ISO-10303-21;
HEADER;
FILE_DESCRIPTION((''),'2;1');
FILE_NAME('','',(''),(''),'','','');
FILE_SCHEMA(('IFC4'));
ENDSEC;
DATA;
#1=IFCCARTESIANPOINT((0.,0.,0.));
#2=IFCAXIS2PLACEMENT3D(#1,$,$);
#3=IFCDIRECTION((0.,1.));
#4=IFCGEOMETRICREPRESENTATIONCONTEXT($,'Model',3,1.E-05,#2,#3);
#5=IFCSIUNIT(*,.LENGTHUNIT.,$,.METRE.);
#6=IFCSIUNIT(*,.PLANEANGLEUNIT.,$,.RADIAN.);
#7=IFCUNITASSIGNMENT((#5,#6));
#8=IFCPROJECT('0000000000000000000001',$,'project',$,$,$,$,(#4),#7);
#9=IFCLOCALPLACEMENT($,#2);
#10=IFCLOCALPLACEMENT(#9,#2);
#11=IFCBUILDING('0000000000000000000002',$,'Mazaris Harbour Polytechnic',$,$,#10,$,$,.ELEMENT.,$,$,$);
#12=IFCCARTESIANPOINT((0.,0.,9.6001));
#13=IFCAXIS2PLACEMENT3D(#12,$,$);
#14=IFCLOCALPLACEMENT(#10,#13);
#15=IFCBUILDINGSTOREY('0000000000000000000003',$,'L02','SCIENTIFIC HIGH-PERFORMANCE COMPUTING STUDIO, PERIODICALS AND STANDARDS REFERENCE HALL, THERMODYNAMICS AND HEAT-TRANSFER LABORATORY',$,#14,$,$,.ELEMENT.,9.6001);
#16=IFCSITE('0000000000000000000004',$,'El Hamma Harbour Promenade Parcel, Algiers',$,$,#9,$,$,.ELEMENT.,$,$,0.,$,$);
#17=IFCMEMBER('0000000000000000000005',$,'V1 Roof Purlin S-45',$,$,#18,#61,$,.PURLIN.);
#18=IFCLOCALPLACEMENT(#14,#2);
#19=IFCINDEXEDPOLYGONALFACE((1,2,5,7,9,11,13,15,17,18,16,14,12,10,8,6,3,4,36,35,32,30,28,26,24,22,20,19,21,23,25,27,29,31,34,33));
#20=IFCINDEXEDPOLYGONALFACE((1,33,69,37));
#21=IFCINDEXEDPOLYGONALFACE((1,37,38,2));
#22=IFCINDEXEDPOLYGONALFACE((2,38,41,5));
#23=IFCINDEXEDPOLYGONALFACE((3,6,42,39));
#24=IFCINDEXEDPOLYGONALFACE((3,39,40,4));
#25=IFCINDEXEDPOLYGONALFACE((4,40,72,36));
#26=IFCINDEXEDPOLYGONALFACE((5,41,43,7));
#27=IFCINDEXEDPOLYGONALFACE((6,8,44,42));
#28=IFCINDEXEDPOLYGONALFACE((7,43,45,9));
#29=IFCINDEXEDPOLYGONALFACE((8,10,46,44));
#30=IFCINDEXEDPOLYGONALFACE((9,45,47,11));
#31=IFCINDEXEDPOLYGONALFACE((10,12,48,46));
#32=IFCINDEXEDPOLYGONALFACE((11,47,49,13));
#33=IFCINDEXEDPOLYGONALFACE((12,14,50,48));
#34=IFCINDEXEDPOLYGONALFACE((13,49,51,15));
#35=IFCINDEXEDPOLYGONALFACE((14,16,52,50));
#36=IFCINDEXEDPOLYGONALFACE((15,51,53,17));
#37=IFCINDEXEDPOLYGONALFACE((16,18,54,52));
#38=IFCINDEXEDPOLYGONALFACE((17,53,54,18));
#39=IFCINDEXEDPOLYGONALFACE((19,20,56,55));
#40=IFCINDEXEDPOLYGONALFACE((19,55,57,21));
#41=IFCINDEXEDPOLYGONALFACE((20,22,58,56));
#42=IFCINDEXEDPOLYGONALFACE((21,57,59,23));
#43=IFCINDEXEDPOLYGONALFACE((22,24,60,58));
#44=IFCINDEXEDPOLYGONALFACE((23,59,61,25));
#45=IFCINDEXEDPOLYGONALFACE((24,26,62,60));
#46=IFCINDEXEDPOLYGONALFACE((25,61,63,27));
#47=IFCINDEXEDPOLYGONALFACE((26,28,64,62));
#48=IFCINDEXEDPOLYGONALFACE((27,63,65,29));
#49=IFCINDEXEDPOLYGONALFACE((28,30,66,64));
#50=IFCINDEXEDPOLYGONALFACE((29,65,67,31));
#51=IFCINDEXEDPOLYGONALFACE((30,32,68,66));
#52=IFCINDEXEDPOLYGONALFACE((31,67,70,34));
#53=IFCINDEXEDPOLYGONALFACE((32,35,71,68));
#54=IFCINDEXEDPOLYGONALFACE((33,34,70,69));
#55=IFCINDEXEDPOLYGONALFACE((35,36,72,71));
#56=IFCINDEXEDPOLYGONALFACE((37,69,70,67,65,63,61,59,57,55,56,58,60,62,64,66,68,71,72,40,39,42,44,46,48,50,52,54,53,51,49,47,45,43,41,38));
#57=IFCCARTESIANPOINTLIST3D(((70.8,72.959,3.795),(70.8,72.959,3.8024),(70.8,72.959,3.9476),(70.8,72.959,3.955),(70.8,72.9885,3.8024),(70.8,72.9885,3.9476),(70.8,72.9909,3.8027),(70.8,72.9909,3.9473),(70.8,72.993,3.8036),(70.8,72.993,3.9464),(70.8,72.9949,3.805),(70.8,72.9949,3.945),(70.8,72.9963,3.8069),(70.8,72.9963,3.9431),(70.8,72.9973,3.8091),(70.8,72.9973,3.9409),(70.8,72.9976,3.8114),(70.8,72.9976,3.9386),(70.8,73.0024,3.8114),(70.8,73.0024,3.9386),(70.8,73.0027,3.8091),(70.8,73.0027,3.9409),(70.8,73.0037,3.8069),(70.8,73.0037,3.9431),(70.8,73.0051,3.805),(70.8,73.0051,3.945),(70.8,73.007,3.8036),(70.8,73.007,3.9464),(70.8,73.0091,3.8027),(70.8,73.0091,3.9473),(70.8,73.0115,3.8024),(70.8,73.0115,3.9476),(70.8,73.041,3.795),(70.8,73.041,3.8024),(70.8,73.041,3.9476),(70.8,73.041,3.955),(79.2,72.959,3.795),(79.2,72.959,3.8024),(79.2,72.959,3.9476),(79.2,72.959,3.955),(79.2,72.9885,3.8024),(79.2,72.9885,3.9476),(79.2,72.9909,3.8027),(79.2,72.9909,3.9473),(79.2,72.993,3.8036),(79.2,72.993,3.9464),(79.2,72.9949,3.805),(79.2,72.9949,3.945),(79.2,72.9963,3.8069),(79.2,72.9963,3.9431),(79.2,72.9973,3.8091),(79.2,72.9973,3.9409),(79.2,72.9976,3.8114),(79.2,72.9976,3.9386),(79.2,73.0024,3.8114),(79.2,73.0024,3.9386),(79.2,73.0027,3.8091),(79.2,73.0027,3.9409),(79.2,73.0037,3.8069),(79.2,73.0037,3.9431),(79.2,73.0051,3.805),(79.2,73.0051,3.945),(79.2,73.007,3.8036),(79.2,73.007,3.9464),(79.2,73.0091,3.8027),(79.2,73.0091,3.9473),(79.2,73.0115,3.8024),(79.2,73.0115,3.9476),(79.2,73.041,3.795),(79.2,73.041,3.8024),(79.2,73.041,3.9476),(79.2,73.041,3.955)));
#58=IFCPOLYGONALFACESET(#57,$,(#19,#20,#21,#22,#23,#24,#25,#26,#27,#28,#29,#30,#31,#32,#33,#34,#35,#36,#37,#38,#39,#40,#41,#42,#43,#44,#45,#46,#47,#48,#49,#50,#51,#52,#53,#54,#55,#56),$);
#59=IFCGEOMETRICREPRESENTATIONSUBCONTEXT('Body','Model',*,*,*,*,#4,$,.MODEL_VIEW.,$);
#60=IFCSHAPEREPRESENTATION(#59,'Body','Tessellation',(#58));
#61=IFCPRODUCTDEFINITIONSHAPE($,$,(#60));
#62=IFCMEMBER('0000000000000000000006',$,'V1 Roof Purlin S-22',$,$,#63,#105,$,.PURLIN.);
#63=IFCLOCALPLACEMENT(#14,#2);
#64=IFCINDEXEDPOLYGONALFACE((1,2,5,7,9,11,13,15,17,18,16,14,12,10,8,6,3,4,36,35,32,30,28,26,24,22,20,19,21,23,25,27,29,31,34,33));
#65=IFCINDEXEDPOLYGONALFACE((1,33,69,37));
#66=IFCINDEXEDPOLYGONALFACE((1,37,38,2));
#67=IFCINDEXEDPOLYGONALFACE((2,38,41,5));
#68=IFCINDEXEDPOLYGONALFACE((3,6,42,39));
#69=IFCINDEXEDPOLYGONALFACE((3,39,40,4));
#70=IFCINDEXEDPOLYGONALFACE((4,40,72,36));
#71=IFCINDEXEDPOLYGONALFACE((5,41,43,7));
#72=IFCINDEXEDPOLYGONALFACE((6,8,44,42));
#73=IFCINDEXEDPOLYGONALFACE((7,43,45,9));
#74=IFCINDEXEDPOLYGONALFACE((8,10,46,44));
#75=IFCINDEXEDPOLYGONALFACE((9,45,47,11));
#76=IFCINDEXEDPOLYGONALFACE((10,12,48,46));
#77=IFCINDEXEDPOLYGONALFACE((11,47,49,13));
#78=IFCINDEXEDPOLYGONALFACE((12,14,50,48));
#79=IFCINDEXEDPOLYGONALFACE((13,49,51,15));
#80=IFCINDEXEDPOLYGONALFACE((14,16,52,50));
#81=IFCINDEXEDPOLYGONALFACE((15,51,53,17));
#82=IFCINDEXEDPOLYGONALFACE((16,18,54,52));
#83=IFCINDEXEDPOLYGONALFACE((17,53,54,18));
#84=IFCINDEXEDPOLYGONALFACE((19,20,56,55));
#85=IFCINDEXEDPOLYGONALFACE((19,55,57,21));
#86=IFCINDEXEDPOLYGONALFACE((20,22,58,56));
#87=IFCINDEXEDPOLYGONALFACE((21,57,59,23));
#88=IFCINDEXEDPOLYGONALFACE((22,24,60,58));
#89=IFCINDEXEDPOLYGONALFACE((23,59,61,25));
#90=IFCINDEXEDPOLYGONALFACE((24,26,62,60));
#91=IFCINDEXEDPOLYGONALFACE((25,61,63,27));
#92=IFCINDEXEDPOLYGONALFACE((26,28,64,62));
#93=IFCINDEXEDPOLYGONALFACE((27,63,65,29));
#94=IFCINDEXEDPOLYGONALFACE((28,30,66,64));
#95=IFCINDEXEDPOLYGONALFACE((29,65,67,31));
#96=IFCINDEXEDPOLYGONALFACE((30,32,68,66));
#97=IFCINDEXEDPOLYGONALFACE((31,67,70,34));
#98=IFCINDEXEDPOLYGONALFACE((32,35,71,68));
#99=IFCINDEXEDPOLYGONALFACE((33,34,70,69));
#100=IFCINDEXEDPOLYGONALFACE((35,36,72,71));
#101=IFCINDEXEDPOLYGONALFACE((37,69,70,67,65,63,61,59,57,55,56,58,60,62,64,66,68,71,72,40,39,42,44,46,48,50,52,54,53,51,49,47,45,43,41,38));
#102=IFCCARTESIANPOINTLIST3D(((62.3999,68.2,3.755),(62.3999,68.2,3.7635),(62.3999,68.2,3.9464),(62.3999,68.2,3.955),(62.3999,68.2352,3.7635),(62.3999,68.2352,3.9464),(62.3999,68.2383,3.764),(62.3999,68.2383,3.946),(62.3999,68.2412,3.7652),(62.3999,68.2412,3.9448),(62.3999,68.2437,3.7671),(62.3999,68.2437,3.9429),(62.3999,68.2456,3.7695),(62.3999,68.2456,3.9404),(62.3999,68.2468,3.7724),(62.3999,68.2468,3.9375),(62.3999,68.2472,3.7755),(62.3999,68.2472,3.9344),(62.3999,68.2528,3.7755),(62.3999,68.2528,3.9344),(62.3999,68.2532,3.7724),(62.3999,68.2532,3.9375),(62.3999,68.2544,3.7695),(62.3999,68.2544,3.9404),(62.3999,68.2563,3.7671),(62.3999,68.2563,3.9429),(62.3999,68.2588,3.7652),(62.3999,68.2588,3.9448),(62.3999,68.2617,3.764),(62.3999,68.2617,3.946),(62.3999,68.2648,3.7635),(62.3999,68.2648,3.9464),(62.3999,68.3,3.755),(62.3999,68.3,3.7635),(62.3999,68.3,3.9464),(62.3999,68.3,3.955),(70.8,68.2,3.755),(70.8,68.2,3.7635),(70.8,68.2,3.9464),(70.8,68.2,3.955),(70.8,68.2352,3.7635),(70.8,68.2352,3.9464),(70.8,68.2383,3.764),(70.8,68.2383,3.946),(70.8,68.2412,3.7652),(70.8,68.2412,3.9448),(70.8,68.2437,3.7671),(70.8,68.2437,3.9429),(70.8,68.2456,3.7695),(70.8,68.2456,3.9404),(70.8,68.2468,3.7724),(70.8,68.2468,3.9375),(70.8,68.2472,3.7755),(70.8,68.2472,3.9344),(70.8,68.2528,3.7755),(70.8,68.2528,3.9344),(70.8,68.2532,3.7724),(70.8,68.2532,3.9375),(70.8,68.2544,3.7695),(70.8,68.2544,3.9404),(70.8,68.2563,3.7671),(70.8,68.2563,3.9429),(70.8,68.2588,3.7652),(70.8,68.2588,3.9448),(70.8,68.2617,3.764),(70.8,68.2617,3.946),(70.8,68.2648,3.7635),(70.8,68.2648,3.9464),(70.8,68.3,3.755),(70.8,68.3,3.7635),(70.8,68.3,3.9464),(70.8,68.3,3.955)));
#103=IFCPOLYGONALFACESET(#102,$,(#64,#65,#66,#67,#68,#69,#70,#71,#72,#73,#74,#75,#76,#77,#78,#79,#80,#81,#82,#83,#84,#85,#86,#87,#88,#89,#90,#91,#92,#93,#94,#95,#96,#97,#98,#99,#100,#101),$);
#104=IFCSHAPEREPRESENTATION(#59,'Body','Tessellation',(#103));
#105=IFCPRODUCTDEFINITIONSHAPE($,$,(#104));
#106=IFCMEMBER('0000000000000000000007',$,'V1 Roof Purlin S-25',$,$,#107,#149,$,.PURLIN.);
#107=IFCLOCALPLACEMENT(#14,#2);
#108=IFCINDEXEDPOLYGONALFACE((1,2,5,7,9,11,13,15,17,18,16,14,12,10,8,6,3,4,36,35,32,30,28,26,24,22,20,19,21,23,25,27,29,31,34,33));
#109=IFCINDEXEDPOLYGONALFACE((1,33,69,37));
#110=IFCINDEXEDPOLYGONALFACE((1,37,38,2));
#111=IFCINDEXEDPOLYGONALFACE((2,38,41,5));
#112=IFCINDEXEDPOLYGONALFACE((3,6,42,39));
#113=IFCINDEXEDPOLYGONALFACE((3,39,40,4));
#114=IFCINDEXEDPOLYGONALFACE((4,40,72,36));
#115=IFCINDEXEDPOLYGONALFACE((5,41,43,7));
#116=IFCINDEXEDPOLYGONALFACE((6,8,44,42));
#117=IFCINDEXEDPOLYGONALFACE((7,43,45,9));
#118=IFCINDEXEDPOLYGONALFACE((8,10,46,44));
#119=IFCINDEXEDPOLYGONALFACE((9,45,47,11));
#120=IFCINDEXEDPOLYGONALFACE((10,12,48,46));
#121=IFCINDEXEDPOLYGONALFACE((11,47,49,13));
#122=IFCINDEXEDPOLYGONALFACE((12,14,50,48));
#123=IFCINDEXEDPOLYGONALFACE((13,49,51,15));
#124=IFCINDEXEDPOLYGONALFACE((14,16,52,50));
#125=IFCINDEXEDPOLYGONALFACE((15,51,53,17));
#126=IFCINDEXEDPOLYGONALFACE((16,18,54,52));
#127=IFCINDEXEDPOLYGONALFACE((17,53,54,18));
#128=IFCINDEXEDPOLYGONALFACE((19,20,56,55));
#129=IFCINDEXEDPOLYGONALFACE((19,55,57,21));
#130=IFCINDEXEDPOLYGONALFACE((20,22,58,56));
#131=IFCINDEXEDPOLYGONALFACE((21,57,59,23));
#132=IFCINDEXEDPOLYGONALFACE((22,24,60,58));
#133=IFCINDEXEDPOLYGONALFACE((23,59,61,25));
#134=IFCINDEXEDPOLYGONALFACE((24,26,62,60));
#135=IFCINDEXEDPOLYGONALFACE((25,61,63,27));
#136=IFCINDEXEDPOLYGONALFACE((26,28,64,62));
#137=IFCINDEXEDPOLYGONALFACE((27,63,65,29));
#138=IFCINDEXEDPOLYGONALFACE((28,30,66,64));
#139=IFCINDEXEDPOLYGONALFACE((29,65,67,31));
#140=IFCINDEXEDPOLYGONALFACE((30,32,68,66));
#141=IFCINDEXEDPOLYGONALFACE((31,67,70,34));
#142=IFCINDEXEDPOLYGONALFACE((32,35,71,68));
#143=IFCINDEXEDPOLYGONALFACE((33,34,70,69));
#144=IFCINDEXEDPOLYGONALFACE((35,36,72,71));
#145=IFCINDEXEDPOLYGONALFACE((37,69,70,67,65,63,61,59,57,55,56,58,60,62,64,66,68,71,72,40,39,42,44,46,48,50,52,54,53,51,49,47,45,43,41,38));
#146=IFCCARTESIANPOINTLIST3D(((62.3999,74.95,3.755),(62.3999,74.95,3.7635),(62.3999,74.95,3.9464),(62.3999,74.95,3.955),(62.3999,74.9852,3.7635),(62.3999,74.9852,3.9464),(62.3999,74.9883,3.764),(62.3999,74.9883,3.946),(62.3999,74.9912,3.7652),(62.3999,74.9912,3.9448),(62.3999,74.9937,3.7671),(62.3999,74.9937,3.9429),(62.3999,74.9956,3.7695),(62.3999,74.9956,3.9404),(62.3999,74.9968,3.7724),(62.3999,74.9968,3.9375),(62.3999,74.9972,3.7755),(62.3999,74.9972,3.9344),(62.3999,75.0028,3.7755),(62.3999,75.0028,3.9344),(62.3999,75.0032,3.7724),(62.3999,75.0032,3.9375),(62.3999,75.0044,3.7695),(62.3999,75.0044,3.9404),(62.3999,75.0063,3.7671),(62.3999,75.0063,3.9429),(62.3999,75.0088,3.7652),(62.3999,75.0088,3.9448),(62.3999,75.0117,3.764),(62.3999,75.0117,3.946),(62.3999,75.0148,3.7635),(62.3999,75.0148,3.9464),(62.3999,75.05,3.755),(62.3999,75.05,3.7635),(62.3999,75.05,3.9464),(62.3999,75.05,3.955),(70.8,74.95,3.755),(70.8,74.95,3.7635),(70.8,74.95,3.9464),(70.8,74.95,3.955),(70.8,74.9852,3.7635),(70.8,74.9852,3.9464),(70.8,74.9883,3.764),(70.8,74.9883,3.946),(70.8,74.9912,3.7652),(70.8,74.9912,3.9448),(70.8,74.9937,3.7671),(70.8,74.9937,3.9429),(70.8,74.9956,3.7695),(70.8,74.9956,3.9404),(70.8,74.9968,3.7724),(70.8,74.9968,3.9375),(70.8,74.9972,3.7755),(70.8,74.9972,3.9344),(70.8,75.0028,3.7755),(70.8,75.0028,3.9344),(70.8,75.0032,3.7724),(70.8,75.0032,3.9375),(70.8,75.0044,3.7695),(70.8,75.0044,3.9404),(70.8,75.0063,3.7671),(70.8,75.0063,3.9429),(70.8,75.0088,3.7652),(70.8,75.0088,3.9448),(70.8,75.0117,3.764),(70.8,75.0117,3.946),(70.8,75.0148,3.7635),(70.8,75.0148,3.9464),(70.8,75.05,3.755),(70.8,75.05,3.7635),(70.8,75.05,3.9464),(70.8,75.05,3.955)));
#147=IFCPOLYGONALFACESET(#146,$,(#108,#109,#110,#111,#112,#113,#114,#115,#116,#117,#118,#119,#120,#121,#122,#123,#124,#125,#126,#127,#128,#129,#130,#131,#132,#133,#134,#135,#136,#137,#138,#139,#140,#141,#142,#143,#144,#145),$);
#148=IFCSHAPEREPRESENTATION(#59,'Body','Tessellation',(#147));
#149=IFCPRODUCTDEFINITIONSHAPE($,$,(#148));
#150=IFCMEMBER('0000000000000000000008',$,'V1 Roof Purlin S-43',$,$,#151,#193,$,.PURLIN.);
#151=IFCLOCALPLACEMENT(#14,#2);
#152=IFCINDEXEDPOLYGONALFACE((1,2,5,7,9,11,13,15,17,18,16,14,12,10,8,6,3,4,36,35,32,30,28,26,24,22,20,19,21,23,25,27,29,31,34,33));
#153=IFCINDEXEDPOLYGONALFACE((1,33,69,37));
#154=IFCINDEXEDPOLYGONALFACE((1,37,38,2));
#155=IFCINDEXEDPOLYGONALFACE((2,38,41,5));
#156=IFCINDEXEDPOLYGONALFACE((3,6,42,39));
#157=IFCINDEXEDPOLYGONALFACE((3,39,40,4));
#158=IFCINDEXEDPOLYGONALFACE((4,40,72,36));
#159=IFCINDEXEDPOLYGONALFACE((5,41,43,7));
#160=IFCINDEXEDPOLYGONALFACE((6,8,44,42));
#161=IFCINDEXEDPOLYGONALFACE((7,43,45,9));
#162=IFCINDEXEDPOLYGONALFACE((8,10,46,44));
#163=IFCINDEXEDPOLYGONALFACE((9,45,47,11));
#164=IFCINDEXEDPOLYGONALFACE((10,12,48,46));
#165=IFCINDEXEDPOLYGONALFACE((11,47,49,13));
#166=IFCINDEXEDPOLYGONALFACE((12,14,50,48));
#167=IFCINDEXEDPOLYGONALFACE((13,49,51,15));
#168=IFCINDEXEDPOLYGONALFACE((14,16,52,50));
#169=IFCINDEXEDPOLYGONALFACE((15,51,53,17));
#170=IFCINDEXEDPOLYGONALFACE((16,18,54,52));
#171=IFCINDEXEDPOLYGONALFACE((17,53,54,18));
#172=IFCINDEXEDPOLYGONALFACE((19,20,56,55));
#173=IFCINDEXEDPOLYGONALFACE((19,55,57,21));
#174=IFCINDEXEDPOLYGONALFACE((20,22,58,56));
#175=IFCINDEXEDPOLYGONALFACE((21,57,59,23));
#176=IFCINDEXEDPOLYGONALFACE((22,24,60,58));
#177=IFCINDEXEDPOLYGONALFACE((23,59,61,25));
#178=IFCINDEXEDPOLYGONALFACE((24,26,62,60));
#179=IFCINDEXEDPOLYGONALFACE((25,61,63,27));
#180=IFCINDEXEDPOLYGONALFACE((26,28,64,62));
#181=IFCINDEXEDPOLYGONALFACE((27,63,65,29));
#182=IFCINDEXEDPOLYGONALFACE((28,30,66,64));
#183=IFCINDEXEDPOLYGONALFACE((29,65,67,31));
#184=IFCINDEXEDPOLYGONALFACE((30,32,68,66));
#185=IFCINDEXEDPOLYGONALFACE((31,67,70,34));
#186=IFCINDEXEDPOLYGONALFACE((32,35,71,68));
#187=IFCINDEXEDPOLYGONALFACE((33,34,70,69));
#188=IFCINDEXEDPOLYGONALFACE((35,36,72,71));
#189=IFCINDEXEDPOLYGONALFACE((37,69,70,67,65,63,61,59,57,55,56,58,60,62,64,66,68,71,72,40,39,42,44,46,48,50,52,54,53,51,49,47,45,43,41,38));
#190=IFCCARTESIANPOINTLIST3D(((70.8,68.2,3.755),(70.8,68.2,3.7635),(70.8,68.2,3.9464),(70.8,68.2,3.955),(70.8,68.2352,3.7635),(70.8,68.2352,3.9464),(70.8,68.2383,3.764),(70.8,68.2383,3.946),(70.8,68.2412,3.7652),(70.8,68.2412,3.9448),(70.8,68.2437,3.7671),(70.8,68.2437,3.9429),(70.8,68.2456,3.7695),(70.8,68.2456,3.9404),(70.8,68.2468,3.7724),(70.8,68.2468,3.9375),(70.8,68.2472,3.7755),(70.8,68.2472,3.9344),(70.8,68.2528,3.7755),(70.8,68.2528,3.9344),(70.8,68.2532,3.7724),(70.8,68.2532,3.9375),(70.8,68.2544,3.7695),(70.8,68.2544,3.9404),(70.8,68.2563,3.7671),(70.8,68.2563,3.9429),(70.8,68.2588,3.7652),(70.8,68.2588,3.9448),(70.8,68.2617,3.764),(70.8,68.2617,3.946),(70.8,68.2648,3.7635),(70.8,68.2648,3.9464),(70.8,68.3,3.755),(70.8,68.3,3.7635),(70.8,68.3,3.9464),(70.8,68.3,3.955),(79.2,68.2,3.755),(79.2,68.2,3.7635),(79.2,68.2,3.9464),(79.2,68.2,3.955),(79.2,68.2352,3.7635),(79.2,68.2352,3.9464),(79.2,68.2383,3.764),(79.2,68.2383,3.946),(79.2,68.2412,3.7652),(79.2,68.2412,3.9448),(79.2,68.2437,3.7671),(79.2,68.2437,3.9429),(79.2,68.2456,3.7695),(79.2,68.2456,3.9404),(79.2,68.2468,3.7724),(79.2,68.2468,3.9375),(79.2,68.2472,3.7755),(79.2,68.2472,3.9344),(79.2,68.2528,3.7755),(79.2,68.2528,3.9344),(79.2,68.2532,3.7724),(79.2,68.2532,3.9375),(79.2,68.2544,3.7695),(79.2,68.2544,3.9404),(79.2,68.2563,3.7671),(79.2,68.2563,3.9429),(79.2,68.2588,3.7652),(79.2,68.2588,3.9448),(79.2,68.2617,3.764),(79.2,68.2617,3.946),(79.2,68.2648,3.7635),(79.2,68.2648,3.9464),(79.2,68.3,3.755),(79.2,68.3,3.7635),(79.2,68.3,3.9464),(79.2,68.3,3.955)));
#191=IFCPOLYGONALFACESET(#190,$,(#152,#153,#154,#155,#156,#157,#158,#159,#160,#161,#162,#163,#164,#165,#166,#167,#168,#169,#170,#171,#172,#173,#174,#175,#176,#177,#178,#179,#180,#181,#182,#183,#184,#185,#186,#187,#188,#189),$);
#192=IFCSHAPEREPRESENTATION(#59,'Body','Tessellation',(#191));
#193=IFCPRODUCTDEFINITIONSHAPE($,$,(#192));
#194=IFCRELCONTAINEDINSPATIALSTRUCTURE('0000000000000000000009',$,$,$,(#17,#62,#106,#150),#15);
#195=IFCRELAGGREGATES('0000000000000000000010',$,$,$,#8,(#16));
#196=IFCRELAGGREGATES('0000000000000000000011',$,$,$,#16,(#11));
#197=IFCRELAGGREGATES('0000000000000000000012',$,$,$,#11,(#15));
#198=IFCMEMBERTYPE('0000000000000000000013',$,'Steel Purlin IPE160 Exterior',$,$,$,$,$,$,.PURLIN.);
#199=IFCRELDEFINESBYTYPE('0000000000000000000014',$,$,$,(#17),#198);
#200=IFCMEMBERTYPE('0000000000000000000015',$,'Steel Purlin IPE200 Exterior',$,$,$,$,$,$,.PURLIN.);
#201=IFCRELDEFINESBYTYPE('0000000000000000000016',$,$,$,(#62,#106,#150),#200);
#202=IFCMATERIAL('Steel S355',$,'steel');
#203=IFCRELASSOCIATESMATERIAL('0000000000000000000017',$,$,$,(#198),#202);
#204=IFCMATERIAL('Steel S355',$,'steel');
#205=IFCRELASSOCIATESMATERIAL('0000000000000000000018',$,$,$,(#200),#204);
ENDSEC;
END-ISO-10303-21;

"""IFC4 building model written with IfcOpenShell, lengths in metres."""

from ifc_helpers import new_model, si_unit, direction, frame, origin, origin_2d, place, context, subcontext, project, spatial, i_section, extrude, material, material_profile, profile_set, type_object, element, save


model = new_model("IFC4")

# Units and contexts
model_context = context("Model", 3, precision=1e-05, world=origin(), true_north=direction((0.0, 1.0)))
body_context = subcontext(model_context, "Body", "Model", "MODEL_VIEW")
ifc_project = project(units=[si_unit("LENGTHUNIT", "METRE"), si_unit("PLANEANGLEUNIT", "RADIAN")], contexts=[model_context])

# Site, building, storey
site_placement = place(None, origin())
site = spatial("IfcSite", under=ifc_project, at=site_placement, Name="El Hamma Harbour Promenade Parcel, Algiers", CompositionType="ELEMENT", RefElevation=0.0)
building_placement = place(site_placement, origin())
building = spatial("IfcBuilding", under=site, at=building_placement, Name="Mazaris Harbour Polytechnic", CompositionType="ELEMENT")
storey_placement = place(building_placement, frame((0.0, 0.0, 9.6001)))
storey = spatial("IfcBuildingStorey", under=building, at=storey_placement, Name="L02", Description="SCIENTIFIC HIGH-PERFORMANCE COMPUTING STUDIO, PERIODICALS AND STANDARDS REFERENCE HALL, THERMODYNAMICS AND HEAT-TRANSFER LABORATORY", CompositionType="ELEMENT", Elevation=9.6001)

# Members
ifc_material_1 = material(Name="Steel S355", Category="steel")
ifc_material_profile_1 = material_profile(ifc_material_1, i_section(OverallWidth=0.082, OverallDepth=0.1599, WebThickness=0.0049, FlangeThickness=0.0073, FilletRadius=0.009, at=origin_2d()), Name="IPE 160")
ifc_profile_set_1 = profile_set([ifc_material_profile_1], Name="Steel S355")
member_type_1 = type_object("IfcMemberType", Name="Steel Purlin IPE160 Exterior", PredefinedType="PURLIN", material=ifc_profile_set_1)
member_1_placement = place(storey_placement, frame((70.8, 73.0, 3.875), z_axis=(1.0, 0.0, 0.0), x_axis=(0.0, 1.0, 0.0)))
element("IfcMember", 1, at=member_1_placement, inside=storey, type_object=member_type_1, Name="V1 Roof Purlin S-45", PredefinedType="PURLIN", context=body_context, shape_type="SweptSolid", body=[
    extrude(i_section(OverallWidth=0.082, OverallDepth=0.1599, WebThickness=0.0049, FlangeThickness=0.0073, FilletRadius=0.009, at=origin_2d()), origin(), (0.0, 0.0, 1.0), 8.3999),
])
ifc_material_2 = material(Name="Steel S355", Category="steel")
ifc_material_profile_2 = material_profile(ifc_material_2, i_section(OverallWidth=0.1001, OverallDepth=0.2, WebThickness=0.0056, FlangeThickness=0.0085, FilletRadius=0.012, at=origin_2d()), Name="IPE 200")
ifc_profile_set_2 = profile_set([ifc_material_profile_2], Name="Steel S355")
member_type_2 = type_object("IfcMemberType", Name="Steel Purlin IPE200 Exterior", PredefinedType="PURLIN", material=ifc_profile_set_2)
for number, where, z_axis, x_axis, name in (
    (2, (62.3999, 68.25, 3.855), (1.0, 0.0, 0.0), (0.0, 1.0, 0.0), "V1 Roof Purlin S-22"),
    (3, (62.3999, 75.0, 3.855), (1.0, 0.0, 0.0), (0.0, 1.0, 0.0), "V1 Roof Purlin S-25"),
):
    element("IfcMember", number, at=place(storey_placement, frame(where, z_axis=z_axis, x_axis=x_axis)), inside=storey, type_object=member_type_2, Name=name, PredefinedType="PURLIN", context=body_context, shape_type="SweptSolid", body=[
        extrude(i_section(OverallWidth=0.1001, OverallDepth=0.2, WebThickness=0.0056, FlangeThickness=0.0085, FilletRadius=0.012, at=origin_2d()), origin(), (0.0, 0.0, 1.0), 8.4001),
    ])
for number, where, z_axis, x_axis, name in (
    (4, (70.8, 68.25, 3.855), (1.0, 0.0, 0.0), (0.0, 1.0, 0.0), "V1 Roof Purlin S-43"),
):
    element("IfcMember", number, at=place(storey_placement, frame(where, z_axis=z_axis, x_axis=x_axis)), inside=storey, type_object=member_type_2, Name=name, PredefinedType="PURLIN", context=body_context, shape_type="SweptSolid", body=[
        extrude(i_section(OverallWidth=0.1001, OverallDepth=0.2, WebThickness=0.0056, FlangeThickness=0.0085, FilletRadius=0.012, at=origin_2d()), origin(), (0.0, 0.0, 1.0), 8.3999),
    ])

save(model, "model.ifc")
